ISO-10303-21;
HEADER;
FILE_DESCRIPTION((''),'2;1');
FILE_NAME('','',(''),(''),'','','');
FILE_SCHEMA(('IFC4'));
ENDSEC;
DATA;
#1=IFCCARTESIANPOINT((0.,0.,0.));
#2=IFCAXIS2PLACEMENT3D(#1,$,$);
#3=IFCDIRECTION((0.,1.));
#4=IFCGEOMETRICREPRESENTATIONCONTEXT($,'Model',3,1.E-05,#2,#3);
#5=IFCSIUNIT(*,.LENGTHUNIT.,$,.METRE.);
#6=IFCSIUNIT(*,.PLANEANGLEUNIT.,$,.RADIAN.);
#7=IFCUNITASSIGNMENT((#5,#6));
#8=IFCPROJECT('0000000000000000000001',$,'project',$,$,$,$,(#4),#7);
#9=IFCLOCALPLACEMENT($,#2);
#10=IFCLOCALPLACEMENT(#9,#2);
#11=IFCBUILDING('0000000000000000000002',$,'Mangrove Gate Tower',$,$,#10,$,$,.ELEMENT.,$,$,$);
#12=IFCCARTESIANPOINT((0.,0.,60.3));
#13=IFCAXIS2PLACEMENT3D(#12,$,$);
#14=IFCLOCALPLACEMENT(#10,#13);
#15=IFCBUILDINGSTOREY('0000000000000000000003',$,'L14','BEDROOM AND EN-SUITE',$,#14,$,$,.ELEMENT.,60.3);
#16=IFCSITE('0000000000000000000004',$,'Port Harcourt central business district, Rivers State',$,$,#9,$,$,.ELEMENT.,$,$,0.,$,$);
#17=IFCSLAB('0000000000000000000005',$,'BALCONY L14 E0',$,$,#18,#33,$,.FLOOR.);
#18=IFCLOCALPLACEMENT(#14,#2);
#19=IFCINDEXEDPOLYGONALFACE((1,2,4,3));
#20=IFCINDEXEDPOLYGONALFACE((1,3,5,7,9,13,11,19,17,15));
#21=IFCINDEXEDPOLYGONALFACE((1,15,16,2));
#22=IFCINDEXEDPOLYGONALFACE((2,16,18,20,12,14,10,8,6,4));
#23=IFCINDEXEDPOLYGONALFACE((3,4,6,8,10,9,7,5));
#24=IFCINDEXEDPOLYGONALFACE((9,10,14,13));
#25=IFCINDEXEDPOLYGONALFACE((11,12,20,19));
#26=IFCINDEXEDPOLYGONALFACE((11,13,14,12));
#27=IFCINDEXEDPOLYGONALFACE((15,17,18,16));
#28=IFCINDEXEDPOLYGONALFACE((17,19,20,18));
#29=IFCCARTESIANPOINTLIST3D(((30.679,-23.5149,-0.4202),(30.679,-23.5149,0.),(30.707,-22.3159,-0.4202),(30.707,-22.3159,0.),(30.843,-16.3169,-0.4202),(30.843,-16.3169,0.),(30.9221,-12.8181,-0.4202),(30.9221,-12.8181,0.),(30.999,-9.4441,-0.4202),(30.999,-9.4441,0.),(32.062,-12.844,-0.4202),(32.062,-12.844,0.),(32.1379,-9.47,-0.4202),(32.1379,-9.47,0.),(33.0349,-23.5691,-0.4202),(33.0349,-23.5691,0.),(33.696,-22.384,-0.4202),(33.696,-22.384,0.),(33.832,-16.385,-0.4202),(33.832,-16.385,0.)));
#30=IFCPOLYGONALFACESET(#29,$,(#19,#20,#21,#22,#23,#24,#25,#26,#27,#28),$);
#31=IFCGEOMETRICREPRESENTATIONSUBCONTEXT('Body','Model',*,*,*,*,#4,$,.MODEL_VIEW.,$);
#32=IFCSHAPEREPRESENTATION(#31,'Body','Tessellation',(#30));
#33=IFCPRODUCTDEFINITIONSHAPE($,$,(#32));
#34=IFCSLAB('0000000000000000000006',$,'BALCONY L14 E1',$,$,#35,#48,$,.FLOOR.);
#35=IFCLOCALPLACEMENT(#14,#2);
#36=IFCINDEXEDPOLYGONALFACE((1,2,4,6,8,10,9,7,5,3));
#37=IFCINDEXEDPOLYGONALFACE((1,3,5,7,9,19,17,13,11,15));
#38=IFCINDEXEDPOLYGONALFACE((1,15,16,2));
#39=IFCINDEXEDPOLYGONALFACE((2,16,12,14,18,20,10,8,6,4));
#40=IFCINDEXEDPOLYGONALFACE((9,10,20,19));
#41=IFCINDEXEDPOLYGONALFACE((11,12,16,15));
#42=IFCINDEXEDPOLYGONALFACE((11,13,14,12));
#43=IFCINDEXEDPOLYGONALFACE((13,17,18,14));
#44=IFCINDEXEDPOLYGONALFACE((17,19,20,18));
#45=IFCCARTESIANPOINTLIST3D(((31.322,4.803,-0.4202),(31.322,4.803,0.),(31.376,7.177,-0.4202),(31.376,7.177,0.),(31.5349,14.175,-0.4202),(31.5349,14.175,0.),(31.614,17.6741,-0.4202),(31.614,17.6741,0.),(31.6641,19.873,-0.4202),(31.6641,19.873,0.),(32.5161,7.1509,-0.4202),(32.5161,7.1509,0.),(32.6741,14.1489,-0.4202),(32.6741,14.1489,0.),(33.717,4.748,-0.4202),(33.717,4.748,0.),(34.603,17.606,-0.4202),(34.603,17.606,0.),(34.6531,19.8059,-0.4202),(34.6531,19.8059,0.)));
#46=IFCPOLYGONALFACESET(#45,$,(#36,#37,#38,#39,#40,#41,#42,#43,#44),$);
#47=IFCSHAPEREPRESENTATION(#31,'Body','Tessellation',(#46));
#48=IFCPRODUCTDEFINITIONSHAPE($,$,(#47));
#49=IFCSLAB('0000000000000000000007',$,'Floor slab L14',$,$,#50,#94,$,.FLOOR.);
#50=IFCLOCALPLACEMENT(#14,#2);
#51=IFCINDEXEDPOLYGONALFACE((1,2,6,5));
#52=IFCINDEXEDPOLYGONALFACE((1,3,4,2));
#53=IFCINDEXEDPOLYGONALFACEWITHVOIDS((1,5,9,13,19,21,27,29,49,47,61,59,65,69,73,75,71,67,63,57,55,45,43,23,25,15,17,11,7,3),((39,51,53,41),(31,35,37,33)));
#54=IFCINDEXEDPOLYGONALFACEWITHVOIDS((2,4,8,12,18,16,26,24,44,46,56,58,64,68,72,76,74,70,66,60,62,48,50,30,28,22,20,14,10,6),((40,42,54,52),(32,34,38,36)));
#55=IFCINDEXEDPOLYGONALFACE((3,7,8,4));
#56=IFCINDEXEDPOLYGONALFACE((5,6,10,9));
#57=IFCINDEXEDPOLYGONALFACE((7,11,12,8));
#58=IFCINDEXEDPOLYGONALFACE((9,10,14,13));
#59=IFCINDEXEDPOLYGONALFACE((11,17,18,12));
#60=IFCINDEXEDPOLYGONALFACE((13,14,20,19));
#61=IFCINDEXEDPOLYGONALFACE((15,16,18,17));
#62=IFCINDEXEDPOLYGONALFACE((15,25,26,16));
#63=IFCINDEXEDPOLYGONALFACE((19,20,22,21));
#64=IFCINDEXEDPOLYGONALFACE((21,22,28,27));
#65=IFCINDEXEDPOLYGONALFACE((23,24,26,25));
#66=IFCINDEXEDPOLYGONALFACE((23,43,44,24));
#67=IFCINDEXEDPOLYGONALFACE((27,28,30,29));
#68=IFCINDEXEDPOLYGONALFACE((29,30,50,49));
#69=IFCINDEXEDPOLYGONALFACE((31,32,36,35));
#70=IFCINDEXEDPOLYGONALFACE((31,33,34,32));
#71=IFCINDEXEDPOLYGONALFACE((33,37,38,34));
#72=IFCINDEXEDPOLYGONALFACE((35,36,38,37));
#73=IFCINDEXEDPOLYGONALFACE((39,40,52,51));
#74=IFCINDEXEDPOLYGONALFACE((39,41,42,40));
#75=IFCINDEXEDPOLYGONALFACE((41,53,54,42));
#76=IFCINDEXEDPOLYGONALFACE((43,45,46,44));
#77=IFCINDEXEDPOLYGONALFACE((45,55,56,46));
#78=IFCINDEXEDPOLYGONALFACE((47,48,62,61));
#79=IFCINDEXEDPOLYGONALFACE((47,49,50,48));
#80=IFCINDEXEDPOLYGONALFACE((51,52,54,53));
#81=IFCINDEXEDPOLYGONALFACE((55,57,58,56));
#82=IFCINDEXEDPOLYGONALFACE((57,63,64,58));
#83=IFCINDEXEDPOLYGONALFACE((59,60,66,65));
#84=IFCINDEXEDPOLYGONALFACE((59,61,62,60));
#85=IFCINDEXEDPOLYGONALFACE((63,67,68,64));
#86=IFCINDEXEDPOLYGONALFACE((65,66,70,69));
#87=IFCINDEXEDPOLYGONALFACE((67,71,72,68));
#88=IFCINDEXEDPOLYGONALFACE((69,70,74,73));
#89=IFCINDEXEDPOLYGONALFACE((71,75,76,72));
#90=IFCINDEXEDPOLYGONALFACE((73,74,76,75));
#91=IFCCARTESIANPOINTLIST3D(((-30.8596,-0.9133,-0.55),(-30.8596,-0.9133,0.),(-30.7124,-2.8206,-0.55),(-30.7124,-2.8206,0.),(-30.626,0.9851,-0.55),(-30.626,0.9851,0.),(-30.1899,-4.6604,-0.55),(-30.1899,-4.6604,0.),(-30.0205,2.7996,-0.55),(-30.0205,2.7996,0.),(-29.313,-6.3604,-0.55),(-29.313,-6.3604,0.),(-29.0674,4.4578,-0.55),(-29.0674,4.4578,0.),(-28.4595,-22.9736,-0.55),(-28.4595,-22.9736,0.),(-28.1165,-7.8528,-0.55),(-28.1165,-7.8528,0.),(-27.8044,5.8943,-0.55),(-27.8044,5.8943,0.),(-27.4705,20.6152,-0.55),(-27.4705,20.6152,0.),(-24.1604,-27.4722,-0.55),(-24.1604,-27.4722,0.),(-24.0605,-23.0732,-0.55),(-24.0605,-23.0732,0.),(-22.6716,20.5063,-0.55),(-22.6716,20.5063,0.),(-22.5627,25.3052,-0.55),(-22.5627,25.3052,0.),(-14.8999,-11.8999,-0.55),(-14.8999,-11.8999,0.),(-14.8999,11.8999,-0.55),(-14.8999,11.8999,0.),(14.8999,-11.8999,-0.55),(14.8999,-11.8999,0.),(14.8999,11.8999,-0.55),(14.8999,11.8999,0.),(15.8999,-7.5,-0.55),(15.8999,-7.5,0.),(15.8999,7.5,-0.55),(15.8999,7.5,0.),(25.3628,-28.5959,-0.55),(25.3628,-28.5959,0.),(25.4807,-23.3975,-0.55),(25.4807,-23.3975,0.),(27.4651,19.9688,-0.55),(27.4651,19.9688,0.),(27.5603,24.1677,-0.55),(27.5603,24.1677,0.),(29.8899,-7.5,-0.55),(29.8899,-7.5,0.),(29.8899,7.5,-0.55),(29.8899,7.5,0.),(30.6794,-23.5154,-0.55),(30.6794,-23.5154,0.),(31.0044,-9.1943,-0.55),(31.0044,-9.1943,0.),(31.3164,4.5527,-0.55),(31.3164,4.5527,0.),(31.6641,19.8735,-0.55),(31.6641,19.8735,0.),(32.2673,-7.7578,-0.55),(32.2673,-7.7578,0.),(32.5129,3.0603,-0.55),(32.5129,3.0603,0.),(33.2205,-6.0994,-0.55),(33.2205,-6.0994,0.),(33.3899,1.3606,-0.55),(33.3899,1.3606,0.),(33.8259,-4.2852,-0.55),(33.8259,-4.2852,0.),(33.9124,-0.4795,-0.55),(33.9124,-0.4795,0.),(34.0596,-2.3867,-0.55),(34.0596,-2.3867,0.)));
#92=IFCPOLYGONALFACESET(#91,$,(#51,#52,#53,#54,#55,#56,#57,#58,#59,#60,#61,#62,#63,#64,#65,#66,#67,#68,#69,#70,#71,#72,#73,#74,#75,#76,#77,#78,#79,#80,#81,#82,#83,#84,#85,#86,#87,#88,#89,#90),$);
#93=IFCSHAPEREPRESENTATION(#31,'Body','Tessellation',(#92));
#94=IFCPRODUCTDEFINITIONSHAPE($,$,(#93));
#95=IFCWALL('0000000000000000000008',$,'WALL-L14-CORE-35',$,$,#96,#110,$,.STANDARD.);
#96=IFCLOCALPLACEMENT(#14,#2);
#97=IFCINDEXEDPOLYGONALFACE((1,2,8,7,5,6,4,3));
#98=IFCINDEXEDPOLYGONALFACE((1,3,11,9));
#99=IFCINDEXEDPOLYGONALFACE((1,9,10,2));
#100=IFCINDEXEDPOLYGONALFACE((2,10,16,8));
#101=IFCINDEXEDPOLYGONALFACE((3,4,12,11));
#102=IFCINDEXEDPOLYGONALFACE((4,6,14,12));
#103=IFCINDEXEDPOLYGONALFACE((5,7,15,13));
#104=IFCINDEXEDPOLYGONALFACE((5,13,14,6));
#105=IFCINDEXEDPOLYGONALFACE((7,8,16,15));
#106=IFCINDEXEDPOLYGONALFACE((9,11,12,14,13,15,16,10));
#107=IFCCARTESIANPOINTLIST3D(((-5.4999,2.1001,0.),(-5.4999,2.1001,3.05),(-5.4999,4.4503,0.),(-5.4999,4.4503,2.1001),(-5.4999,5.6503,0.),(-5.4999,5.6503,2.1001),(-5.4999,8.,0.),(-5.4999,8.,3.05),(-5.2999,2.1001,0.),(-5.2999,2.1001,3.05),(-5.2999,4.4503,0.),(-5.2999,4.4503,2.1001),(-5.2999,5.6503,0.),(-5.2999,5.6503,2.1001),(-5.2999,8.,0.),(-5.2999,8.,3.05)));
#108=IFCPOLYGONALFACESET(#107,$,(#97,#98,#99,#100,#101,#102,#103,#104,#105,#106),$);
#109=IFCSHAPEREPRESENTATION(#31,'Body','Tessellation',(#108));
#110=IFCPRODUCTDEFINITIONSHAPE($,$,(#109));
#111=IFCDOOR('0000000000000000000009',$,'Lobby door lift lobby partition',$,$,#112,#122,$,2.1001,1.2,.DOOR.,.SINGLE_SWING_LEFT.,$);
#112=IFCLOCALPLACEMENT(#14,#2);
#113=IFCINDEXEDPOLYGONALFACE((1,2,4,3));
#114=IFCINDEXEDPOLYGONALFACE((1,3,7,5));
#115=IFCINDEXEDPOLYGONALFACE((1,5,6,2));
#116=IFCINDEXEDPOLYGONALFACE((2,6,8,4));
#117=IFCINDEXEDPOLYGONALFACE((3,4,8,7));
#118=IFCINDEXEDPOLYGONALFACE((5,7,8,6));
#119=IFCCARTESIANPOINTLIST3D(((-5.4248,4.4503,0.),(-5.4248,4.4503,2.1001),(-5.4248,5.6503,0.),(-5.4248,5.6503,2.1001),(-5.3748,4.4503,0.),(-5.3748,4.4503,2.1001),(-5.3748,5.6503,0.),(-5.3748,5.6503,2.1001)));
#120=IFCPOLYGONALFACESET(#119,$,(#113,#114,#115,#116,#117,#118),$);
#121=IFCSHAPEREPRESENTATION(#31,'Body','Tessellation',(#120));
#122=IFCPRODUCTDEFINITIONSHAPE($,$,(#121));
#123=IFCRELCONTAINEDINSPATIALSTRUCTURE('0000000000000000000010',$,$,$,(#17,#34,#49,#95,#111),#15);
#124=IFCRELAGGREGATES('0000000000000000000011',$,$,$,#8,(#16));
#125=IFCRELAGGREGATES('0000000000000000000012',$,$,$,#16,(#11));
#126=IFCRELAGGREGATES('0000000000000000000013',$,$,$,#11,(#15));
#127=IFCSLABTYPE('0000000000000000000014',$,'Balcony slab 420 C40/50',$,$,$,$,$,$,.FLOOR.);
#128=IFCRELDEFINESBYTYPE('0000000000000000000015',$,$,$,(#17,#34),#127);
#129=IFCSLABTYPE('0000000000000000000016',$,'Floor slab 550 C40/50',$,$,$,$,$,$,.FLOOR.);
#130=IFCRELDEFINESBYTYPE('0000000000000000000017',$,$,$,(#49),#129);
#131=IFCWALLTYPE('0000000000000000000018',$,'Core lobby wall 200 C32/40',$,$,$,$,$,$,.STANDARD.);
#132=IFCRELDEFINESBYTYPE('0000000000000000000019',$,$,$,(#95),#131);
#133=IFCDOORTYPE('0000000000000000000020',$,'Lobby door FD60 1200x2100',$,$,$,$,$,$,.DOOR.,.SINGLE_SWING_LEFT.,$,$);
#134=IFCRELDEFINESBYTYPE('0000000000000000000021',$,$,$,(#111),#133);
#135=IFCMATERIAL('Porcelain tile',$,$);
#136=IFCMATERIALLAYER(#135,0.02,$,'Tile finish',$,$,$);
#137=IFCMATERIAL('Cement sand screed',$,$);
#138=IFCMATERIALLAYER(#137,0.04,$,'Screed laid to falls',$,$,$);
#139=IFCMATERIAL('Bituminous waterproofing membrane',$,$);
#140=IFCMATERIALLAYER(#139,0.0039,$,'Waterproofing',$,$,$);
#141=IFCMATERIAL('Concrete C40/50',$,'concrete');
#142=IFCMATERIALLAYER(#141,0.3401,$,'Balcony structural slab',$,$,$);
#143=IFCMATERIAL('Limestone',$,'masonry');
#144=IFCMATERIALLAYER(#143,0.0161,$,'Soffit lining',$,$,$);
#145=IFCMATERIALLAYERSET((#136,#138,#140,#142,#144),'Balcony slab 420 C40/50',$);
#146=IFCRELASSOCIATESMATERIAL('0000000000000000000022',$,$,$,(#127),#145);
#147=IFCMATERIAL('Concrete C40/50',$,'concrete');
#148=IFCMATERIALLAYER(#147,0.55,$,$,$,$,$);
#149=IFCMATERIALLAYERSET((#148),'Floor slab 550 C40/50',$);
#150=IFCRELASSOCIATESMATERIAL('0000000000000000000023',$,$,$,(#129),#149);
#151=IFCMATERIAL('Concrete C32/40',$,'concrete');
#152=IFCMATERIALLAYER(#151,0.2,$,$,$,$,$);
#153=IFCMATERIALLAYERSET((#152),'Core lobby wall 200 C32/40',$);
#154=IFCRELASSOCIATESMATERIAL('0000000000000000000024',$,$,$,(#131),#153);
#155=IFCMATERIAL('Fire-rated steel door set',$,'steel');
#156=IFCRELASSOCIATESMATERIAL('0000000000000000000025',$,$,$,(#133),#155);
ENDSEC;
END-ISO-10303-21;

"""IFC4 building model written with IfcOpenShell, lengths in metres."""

from ifc_helpers import new_model, si_unit, direction, frame, frame_2d, origin, place, context, subcontext, project, spatial, polyline, rectangle, outline, extrude, material, layer, layer_set, type_object, element, fill, save


model = new_model("IFC4")

# Units and contexts
model_context = context("Model", 3, precision=1e-05, world=origin(), true_north=direction((0.0, 1.0)))
body_context = subcontext(model_context, "Body", "Model", "MODEL_VIEW")
ifc_project = project(units=[si_unit("LENGTHUNIT", "METRE"), si_unit("PLANEANGLEUNIT", "RADIAN")], contexts=[model_context])

# Site, building, storey
site_placement = place(None, origin())
site = spatial("IfcSite", under=ifc_project, at=site_placement, Name="Port Harcourt central business district, Rivers State", CompositionType="ELEMENT", RefElevation=0.0)
building_placement = place(site_placement, origin())
building = spatial("IfcBuilding", under=site, at=building_placement, Name="Mangrove Gate Tower", CompositionType="ELEMENT")
storey_placement = place(building_placement, frame((0.0, 0.0, 60.3)))
storey = spatial("IfcBuildingStorey", under=building, at=storey_placement, Name="L14", Description="BEDROOM AND EN-SUITE", CompositionType="ELEMENT", Elevation=60.3)

# Slabs
ifc_material_1 = material(Name="Porcelain tile")
ifc_layer_1 = layer(ifc_material_1, 0.02, Name="Tile finish")
ifc_material_2 = material(Name="Cement sand screed")
ifc_layer_2 = layer(ifc_material_2, 0.04, Name="Screed laid to falls")
ifc_material_3 = material(Name="Bituminous waterproofing membrane")
ifc_layer_3 = layer(ifc_material_3, 0.0039, Name="Waterproofing")
ifc_material_4 = material(Name="Concrete C40/50", Category="concrete")
ifc_layer_4 = layer(ifc_material_4, 0.3401, Name="Balcony structural slab")
ifc_material_5 = material(Name="Limestone", Category="masonry")
ifc_layer_5 = layer(ifc_material_5, 0.0161, Name="Soffit lining")
ifc_layer_set_1 = layer_set([ifc_layer_1, ifc_layer_2, ifc_layer_3, ifc_layer_4, ifc_layer_5], Name="Balcony slab 420 C40/50")
slab_type_1 = type_object("IfcSlabType", Name="Balcony slab 420 C40/50", PredefinedType="FLOOR", material=ifc_layer_set_1)
slab_1_placement = place(storey_placement, frame((0.0, 0.0, -0.4202)))
element("IfcSlab", 1, at=slab_1_placement, inside=storey, type_object=slab_type_1, Name="BALCONY L14 E0", PredefinedType="FLOOR", context=body_context, shape_type="SweptSolid", body=[
    extrude(outline(polyline([(33.0349, -23.5691), (33.696, -22.384), (33.832, -16.385), (32.062, -12.844), (32.1379, -9.47), (30.999, -9.4441), (30.9221, -12.8181), (30.843, -16.3169), (30.707, -22.3159), (30.679, -23.5149), (33.0349, -23.5691)])), origin(), (0.0, 0.0, 1.0), 0.4202),
])
slab_2_placement = place(storey_placement, frame((0.0, 0.0, -0.4202)))
element("IfcSlab", 2, at=slab_2_placement, inside=storey, type_object=slab_type_1, Name="BALCONY L14 E1", PredefinedType="FLOOR", context=body_context, shape_type="SweptSolid", body=[
    extrude(outline(polyline([(33.717, 4.748), (32.5161, 7.1509), (32.6741, 14.1489), (34.603, 17.606), (34.6531, 19.8059), (31.6641, 19.873), (31.614, 17.6741), (31.5349, 14.175), (31.376, 7.177), (31.322, 4.803), (33.717, 4.748)])), origin(), (0.0, 0.0, 1.0), 0.4202),
])
ifc_material_6 = material(Name="Concrete C40/50", Category="concrete")
ifc_layer_6 = layer(ifc_material_6, 0.55)
ifc_layer_set_2 = layer_set([ifc_layer_6], Name="Floor slab 550 C40/50")
slab_type_2 = type_object("IfcSlabType", Name="Floor slab 550 C40/50", PredefinedType="FLOOR", material=ifc_layer_set_2)
slab_3_placement = place(storey_placement, frame((0.0, 0.0, -0.55)))
element("IfcSlab", 3, at=slab_3_placement, inside=storey, type_object=slab_type_2, Name="Floor slab L14", PredefinedType="FLOOR", context=body_context, shape_type="SweptSolid", body=[
    extrude(outline(polyline([(-24.1604, -27.4722), (25.3628, -28.5959), (25.4807, -23.3975), (30.6794, -23.5154), (31.0044, -9.1943), (32.2673, -7.7578), (33.2205, -6.0994), (33.8259, -4.2852), (34.0596, -2.3867), (33.9124, -0.4795), (33.3899, 1.3606), (32.5129, 3.0603), (31.3164, 4.5527), (31.6641, 19.8735), (27.4651, 19.9688), (27.5603, 24.1677), (-22.5627, 25.3052), (-22.6716, 20.5063), (-27.4705, 20.6152), (-27.8044, 5.8943), (-29.0674, 4.4578), (-30.0205, 2.7996), (-30.626, 0.9851), (-30.8596, -0.9133), (-30.7124, -2.8206), (-30.1899, -4.6604), (-29.313, -6.3604), (-28.1165, -7.8528), (-28.4595, -22.9736), (-24.0605, -23.0732), (-24.1604, -27.4722)]), holes=[polyline([(15.8999, 7.5), (29.8899, 7.5), (29.8899, -7.5), (15.8999, -7.5), (15.8999, 7.5)]), polyline([(-14.8999, -11.8999), (-14.8999, 11.8999), (14.8999, 11.8999), (14.8999, -11.8999), (-14.8999, -11.8999)])]), origin(), (0.0, 0.0, 1.0), 0.55),
])

# Wall, opening, door
ifc_material_7 = material(Name="Concrete C32/40", Category="concrete")
ifc_layer_7 = layer(ifc_material_7, 0.2)
ifc_layer_set_3 = layer_set([ifc_layer_7], Name="Core lobby wall 200 C32/40")
wall_type_1 = type_object("IfcWallType", Name="Core lobby wall 200 C32/40", PredefinedType="STANDARD", material=ifc_layer_set_3)
wall_1_placement = place(storey_placement, frame((-5.3999, 2.1001, 0.0), z_axis=(0.0, 0.0, 1.0), x_axis=(0.0, 1.0, 0.0)))
wall_1 = element("IfcWall", 4, at=wall_1_placement, inside=storey, type_object=wall_type_1, Name="WALL-L14-CORE-35", PredefinedType="STANDARD", context=body_context, shape_type="SweptSolid", body=[
    extrude(rectangle(XDim=5.8999, YDim=0.2, at=frame_2d((2.95, 0.0))), origin(), (0.0, 0.0, 1.0), 3.05),
])
opening_1_placement = place(wall_1_placement, frame((2.3501, 0.0, 0.0)))
opening_1 = element("IfcOpeningElement", 5, at=opening_1_placement, cuts=wall_1, PredefinedType="OPENING", context=body_context, shape_type="SweptSolid", body=[
    extrude(rectangle(XDim=1.2, YDim=2.1001, at=frame_2d((0.6001, 1.05))), frame((0.0, 0.1099, 0.0), z_axis=(0.0, -1.0, 0.0), x_axis=(1.0, 0.0, 0.0)), (0.0, 0.0, 1.0), 0.22),
])
ifc_material_8 = material(Name="Fire-rated steel door set", Category="steel")
door_type_1 = type_object("IfcDoorType", Name="Lobby door FD60 1200x2100", OperationType="SINGLE_SWING_LEFT", PredefinedType="DOOR", material=ifc_material_8)
door_1_placement = place(opening_1_placement, origin())
door_1 = element("IfcDoor", 6, at=door_1_placement, inside=storey, type_object=door_type_1, Name="Lobby door lift lobby partition", OperationType="SINGLE_SWING_LEFT", OverallHeight=2.1001, OverallWidth=1.2, PredefinedType="DOOR", context=body_context, shape_type="SweptSolid", body=[
    extrude(rectangle(XDim=1.2, YDim=2.1001, at=frame_2d((0.6001, 1.05))), frame((0.0, 0.0249, 0.0), z_axis=(0.0, -1.0, 0.0), x_axis=(1.0, 0.0, 0.0)), (0.0, 0.0, 1.0), 0.05),
])
fill(opening_1, door_1)

save(model, "model.ifc")
